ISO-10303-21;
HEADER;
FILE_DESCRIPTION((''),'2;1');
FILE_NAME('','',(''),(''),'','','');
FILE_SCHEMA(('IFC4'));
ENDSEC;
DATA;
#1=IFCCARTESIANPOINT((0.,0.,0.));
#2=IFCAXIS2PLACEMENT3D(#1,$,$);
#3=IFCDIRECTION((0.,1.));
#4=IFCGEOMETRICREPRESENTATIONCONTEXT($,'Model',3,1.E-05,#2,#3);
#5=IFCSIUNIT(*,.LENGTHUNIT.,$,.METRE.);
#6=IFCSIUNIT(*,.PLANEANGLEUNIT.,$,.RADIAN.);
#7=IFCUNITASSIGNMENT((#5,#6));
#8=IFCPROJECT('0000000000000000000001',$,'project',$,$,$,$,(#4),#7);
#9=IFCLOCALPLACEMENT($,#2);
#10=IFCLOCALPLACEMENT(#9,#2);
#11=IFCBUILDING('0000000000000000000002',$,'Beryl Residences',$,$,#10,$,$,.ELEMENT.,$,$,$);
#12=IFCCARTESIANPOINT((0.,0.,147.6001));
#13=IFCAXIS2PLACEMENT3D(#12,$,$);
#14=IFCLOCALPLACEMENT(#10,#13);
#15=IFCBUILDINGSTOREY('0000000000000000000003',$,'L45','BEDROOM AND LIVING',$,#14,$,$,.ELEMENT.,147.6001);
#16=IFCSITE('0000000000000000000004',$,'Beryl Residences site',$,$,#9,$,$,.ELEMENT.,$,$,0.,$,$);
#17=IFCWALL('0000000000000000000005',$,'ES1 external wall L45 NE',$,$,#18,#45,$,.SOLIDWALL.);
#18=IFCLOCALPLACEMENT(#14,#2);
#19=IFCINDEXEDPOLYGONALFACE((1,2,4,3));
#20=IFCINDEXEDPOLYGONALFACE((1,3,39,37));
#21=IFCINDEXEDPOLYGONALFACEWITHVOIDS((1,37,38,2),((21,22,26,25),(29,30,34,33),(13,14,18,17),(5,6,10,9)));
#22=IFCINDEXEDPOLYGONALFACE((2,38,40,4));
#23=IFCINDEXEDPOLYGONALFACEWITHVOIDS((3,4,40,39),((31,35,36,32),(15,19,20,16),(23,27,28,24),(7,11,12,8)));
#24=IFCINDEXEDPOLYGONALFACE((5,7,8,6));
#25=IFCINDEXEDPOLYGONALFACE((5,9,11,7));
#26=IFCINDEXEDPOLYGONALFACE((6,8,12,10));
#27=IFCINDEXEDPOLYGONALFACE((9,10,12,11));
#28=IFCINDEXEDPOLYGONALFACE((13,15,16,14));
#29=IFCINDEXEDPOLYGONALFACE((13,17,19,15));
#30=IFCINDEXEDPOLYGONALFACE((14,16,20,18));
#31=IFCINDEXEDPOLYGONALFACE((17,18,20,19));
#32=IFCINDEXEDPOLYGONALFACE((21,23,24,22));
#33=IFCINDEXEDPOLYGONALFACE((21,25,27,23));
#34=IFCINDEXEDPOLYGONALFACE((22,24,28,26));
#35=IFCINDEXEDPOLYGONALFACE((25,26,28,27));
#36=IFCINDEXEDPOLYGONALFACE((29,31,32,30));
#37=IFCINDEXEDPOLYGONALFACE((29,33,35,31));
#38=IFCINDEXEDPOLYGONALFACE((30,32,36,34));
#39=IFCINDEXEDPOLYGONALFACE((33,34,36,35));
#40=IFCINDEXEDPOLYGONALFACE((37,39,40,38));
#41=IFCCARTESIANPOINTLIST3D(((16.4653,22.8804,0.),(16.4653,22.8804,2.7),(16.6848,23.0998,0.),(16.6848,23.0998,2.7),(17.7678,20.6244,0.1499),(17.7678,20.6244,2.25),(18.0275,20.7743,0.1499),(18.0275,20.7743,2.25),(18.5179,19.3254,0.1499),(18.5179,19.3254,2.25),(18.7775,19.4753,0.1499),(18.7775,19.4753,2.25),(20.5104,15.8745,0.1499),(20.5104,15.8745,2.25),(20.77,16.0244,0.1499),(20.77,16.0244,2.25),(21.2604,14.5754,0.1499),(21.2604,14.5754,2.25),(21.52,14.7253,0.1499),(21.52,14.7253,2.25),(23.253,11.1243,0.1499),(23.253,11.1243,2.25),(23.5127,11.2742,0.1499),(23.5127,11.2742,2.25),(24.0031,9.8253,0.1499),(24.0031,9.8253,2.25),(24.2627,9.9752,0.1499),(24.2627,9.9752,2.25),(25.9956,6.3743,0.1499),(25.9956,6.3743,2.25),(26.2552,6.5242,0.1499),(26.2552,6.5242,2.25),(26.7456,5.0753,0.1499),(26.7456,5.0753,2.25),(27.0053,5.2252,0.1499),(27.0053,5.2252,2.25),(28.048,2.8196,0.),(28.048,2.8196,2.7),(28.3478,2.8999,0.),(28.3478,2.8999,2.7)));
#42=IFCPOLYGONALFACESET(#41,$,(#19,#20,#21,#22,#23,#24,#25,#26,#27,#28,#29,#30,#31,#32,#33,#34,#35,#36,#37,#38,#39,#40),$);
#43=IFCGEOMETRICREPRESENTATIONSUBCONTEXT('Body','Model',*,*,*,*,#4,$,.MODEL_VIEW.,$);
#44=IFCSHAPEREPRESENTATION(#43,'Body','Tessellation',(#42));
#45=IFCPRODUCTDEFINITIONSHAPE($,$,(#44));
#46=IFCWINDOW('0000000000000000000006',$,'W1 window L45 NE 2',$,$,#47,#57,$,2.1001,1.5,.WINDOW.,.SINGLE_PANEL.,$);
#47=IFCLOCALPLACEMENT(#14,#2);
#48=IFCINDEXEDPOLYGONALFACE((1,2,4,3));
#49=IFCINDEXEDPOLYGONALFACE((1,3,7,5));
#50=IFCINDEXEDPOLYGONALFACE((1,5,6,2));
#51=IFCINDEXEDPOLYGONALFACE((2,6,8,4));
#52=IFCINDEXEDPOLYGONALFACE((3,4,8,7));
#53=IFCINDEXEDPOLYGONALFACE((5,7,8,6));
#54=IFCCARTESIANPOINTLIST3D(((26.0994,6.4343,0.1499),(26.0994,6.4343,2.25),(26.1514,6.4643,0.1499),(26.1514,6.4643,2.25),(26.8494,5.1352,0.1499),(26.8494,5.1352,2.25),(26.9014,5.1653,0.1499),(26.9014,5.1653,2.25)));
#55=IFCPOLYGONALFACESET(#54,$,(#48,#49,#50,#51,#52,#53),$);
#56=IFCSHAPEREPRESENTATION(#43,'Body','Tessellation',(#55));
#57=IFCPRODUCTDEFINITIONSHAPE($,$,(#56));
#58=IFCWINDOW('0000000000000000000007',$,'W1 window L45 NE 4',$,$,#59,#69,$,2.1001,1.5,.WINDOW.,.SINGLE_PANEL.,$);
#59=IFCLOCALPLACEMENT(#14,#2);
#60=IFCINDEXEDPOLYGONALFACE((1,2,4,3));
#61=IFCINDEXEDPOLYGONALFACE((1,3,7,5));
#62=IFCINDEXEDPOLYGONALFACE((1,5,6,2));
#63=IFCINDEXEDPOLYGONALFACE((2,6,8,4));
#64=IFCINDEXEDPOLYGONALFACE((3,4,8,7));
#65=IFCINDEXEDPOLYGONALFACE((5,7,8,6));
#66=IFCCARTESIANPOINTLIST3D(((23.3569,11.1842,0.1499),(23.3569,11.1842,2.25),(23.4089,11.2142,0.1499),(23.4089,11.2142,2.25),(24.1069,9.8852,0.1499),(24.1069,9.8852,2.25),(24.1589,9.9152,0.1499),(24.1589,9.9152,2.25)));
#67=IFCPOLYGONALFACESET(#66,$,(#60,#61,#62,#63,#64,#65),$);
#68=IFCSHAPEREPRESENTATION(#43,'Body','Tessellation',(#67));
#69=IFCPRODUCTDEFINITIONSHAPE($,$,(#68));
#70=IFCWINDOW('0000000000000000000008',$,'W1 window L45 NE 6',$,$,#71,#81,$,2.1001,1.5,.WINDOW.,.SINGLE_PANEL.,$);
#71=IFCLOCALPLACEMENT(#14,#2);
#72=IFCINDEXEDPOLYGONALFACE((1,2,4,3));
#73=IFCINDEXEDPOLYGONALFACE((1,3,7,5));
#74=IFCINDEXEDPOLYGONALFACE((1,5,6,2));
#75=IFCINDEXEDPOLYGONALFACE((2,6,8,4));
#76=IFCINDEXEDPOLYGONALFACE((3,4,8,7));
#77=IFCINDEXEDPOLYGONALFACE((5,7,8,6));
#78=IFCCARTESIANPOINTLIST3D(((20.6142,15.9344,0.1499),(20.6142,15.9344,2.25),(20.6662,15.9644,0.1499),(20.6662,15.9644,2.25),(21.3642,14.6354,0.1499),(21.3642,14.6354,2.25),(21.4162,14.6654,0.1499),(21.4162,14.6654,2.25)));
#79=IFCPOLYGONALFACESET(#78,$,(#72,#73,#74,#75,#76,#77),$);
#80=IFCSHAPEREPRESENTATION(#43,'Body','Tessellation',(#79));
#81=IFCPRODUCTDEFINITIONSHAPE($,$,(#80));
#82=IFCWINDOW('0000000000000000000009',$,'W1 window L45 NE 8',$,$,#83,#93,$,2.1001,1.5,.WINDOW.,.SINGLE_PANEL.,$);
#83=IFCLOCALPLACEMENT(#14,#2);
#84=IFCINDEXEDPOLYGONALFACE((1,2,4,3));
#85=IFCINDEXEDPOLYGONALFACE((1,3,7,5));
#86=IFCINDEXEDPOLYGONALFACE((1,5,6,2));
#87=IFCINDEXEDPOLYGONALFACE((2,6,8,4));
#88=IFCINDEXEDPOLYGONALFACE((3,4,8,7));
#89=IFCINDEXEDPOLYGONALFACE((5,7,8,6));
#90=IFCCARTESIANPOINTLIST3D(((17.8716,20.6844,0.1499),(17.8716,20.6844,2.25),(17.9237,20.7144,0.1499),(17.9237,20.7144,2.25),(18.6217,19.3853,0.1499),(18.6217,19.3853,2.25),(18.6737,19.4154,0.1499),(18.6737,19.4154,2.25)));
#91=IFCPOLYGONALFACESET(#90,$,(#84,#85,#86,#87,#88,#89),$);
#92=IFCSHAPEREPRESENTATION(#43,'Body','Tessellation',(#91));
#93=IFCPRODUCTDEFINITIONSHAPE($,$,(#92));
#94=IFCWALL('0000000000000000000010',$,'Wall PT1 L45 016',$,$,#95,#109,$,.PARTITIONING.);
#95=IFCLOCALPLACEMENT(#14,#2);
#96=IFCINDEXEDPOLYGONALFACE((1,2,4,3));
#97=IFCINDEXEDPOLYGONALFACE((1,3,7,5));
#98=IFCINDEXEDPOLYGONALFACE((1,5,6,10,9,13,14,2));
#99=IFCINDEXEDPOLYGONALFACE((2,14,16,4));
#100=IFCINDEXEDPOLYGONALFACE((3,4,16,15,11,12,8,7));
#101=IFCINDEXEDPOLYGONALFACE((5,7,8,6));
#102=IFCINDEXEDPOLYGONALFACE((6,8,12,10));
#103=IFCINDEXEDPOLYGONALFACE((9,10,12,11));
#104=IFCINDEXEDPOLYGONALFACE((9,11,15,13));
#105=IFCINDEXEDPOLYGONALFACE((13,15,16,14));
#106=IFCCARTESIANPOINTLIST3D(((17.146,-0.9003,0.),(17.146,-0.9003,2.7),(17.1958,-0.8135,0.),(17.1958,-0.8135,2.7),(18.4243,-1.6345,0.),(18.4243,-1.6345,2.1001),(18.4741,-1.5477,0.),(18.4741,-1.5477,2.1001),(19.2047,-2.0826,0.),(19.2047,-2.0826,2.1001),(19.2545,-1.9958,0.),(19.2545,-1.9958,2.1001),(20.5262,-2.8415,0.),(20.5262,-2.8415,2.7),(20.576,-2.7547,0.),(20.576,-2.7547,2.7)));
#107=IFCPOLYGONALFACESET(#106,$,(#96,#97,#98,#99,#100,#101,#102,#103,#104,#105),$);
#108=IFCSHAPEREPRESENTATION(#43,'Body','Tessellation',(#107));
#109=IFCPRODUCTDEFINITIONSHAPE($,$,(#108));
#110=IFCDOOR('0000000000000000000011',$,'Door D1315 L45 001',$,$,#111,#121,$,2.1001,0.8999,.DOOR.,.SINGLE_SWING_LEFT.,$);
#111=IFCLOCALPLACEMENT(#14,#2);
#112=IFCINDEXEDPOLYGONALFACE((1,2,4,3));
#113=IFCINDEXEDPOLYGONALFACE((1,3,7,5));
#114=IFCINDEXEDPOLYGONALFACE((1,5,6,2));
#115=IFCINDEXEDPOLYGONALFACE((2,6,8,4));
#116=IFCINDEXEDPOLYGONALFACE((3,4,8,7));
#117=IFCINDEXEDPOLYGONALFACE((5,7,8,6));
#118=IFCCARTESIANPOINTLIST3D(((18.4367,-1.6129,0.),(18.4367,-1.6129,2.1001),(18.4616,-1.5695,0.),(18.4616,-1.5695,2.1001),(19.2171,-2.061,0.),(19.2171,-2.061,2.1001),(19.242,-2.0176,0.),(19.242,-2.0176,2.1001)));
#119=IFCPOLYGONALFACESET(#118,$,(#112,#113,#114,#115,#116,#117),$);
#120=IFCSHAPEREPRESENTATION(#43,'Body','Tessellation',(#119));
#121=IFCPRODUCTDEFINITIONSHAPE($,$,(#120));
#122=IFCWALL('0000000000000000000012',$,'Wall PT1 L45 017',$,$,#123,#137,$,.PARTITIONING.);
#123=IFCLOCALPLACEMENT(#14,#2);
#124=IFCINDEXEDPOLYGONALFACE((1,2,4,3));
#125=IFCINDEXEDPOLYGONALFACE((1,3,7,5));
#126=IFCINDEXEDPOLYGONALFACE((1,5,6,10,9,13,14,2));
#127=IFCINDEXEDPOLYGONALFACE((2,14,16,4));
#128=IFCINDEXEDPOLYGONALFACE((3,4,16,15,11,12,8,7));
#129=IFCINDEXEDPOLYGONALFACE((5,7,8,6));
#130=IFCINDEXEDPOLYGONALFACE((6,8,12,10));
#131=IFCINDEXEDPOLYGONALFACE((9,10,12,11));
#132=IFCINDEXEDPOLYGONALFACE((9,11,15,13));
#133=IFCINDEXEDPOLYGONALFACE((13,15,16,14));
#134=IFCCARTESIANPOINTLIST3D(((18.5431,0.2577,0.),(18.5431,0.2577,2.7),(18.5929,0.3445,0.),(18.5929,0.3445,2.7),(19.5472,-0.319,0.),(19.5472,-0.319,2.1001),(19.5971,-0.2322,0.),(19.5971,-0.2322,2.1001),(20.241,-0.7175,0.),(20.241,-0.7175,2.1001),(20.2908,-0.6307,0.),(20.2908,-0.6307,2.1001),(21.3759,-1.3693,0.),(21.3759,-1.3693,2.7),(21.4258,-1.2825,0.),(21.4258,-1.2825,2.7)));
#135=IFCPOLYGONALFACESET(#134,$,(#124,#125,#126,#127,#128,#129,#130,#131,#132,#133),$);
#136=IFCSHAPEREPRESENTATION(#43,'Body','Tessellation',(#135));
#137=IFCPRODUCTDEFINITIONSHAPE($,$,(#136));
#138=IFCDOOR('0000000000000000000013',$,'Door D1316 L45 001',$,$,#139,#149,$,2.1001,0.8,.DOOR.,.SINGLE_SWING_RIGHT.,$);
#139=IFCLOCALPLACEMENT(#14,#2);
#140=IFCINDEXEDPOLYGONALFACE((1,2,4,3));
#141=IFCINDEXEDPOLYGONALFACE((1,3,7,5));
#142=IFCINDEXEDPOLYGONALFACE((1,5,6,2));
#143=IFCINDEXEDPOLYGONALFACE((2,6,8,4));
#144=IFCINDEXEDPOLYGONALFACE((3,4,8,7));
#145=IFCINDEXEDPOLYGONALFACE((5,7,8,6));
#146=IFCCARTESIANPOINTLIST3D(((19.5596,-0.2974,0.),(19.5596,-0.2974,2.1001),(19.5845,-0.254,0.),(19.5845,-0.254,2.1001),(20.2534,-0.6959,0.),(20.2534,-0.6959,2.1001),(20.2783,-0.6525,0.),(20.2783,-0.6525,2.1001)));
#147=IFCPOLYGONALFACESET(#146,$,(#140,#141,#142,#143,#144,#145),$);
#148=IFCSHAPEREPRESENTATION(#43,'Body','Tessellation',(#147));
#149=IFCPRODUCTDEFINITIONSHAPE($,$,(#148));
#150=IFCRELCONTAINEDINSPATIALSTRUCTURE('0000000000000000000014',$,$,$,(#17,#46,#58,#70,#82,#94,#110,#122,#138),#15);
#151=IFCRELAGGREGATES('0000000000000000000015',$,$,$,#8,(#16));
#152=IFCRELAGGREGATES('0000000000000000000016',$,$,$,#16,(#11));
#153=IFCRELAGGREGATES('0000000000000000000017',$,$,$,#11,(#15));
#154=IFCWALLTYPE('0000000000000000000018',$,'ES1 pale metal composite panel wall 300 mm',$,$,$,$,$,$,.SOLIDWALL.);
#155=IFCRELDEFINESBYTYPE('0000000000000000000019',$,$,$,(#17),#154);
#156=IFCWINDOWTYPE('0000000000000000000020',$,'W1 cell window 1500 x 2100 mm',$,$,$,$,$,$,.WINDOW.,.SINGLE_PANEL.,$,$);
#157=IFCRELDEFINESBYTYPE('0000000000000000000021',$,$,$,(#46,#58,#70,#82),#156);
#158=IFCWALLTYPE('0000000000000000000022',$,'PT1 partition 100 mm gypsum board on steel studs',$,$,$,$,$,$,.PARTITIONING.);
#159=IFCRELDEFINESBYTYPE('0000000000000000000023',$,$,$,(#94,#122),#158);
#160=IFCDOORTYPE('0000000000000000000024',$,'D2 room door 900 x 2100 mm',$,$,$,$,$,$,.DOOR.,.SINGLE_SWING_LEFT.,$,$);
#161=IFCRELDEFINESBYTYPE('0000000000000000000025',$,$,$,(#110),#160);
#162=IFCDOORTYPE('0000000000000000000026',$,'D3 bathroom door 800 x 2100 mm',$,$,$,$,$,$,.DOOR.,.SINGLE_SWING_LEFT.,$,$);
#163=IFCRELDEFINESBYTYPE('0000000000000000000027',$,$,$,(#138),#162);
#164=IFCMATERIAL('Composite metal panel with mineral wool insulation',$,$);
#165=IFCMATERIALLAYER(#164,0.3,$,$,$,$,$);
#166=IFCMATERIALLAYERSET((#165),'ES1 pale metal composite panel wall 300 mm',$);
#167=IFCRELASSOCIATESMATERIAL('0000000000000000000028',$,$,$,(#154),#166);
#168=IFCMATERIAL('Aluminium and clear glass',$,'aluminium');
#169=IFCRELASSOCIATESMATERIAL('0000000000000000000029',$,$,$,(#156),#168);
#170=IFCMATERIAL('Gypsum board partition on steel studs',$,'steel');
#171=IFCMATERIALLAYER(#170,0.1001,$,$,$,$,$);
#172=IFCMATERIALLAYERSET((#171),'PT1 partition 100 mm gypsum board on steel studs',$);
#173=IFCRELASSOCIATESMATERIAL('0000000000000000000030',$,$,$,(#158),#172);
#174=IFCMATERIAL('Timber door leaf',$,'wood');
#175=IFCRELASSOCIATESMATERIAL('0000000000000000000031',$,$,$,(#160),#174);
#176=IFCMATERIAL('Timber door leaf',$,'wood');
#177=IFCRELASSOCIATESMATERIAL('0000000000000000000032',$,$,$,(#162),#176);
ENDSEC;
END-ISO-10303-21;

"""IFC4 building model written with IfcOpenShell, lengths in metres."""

from ifc_helpers import new_model, si_unit, direction, frame, frame_2d, origin, place, context, subcontext, project, spatial, polyline, rectangle, outline, extrude, material, layer, layer_set, type_object, element, fill, save


model = new_model("IFC4")

# Units and contexts
model_context = context("Model", 3, precision=1e-05, world=origin(), true_north=direction((0.0, 1.0)))
body_context = subcontext(model_context, "Body", "Model", "MODEL_VIEW")
ifc_project = project(units=[si_unit("LENGTHUNIT", "METRE"), si_unit("PLANEANGLEUNIT", "RADIAN")], contexts=[model_context])

# Site, building, storey
site_placement = place(None, origin())
site = spatial("IfcSite", under=ifc_project, at=site_placement, Name="Beryl Residences site", CompositionType="ELEMENT", RefElevation=0.0)
building_placement = place(site_placement, origin())
building = spatial("IfcBuilding", under=site, at=building_placement, Name="Beryl Residences", CompositionType="ELEMENT")
storey_placement = place(building_placement, frame((0.0, 0.0, 147.6001)))
storey = spatial("IfcBuildingStorey", under=building, at=storey_placement, Name="L45", Description="BEDROOM AND LIVING", CompositionType="ELEMENT", Elevation=147.6001)

# Shared definitions
ifc_material_1 = material(Name="Composite metal panel with mineral wool insulation")
ifc_layer_1 = layer(ifc_material_1, 0.3)
ifc_layer_set_1 = layer_set([ifc_layer_1], Name="ES1 pale metal composite panel wall 300 mm")
wall_type_1 = type_object("IfcWallType", Name="ES1 pale metal composite panel wall 300 mm", PredefinedType="SOLIDWALL", material=ifc_layer_set_1)

# Wall, openings, windows
wall_1_placement = place(storey_placement, frame((28.218, 2.825, 0.0), z_axis=(0.0, 0.0, 1.0), x_axis=(-0.500021, 0.866014, 0.0)))
wall_1 = element("IfcWall", 1, at=wall_1_placement, inside=storey, type_object=wall_type_1, Name="ES1 external wall L45 NE", PredefinedType="SOLIDWALL", context=body_context, shape_type="SweptSolid", body=[
    extrude(outline(polyline([(0.0, -0.1499), (23.3252, -0.1499), (23.2449, 0.1499), (0.0803, 0.1499), (0.0, -0.1499)])), origin(), (0.0, 0.0, 1.0), 2.7),
])
opening_1_placement = place(wall_1_placement, frame((2.6851, 0.0, 0.1499)))
opening_1 = element("IfcOpeningElement", 2, at=opening_1_placement, cuts=wall_1, PredefinedType="OPENING", context=body_context, shape_type="SweptSolid", body=[
    extrude(rectangle(XDim=1.5, YDim=2.1001, at=frame_2d((0.75, 1.05))), frame((0.0, 0.1599, 0.0), z_axis=(0.0, -1.0, 0.0), x_axis=(1.0, 0.0, 0.0)), (0.0, 0.0, 1.0), 0.3201),
])
opening_2_placement = place(wall_1_placement, frame((8.1699, 0.0, 0.1499)))
opening_2 = element("IfcOpeningElement", 3, at=opening_2_placement, cuts=wall_1, PredefinedType="OPENING", context=body_context, shape_type="SweptSolid", body=[
    extrude(rectangle(XDim=1.5, YDim=2.1001, at=frame_2d((0.75, 1.05))), frame((0.0, 0.1599, 0.0), z_axis=(0.0, -1.0, 0.0), x_axis=(1.0, 0.0, 0.0)), (0.0, 0.0, 1.0), 0.3201),
])
opening_3_placement = place(wall_1_placement, frame((13.655, 0.0, 0.1499)))
opening_3 = element("IfcOpeningElement", 4, at=opening_3_placement, cuts=wall_1, PredefinedType="OPENING", context=body_context, shape_type="SweptSolid", body=[
    extrude(rectangle(XDim=1.5, YDim=2.1001, at=frame_2d((0.75, 1.05))), frame((0.0, 0.1599, 0.0), z_axis=(0.0, -1.0, 0.0), x_axis=(1.0, 0.0, 0.0)), (0.0, 0.0, 1.0), 0.3201),
])
opening_4_placement = place(wall_1_placement, frame((19.1399, 0.0, 0.1499)))
opening_4 = element("IfcOpeningElement", 5, at=opening_4_placement, cuts=wall_1, PredefinedType="OPENING", context=body_context, shape_type="SweptSolid", body=[
    extrude(rectangle(XDim=1.5, YDim=2.1001, at=frame_2d((0.75, 1.05))), frame((0.0, 0.1599, 0.0), z_axis=(0.0, -1.0, 0.0), x_axis=(1.0, 0.0, 0.0)), (0.0, 0.0, 1.0), 0.3201),
])
ifc_material_2 = material(Name="Aluminium and clear glass", Category="aluminium")
window_type_1 = type_object("IfcWindowType", Name="W1 cell window 1500 x 2100 mm", PartitioningType="SINGLE_PANEL", PredefinedType="WINDOW", material=ifc_material_2)
window_1_placement = place(opening_1_placement, origin())
window_1 = element("IfcWindow", 6, at=window_1_placement, inside=storey, type_object=window_type_1, Name="W1 window L45 NE 2", OverallHeight=2.1001, OverallWidth=1.5, PartitioningType="SINGLE_PANEL", PredefinedType="WINDOW", context=body_context, shape_type="SweptSolid", body=[
    extrude(rectangle(XDim=1.5, YDim=2.1001, at=frame_2d((0.75, 1.05))), frame((0.0, 0.03, 0.0), z_axis=(0.0, -1.0, 0.0), x_axis=(1.0, 0.0, 0.0)), (0.0, 0.0, 1.0), 0.0601),
])
fill(opening_1, window_1)
window_2_placement = place(opening_2_placement, origin())
window_2 = element("IfcWindow", 7, at=window_2_placement, inside=storey, type_object=window_type_1, Name="W1 window L45 NE 4", OverallHeight=2.1001, OverallWidth=1.5, PartitioningType="SINGLE_PANEL", PredefinedType="WINDOW", context=body_context, shape_type="SweptSolid", body=[
    extrude(rectangle(XDim=1.5, YDim=2.1001, at=frame_2d((0.75, 1.05))), frame((0.0, 0.03, 0.0), z_axis=(0.0, -1.0, 0.0), x_axis=(1.0, 0.0, 0.0)), (0.0, 0.0, 1.0), 0.0601),
])
fill(opening_2, window_2)
window_3_placement = place(opening_3_placement, origin())
window_3 = element("IfcWindow", 8, at=window_3_placement, inside=storey, type_object=window_type_1, Name="W1 window L45 NE 6", OverallHeight=2.1001, OverallWidth=1.5, PartitioningType="SINGLE_PANEL", PredefinedType="WINDOW", context=body_context, shape_type="SweptSolid", body=[
    extrude(rectangle(XDim=1.5, YDim=2.1001, at=frame_2d((0.75, 1.05))), frame((0.0, 0.03, 0.0), z_axis=(0.0, -1.0, 0.0), x_axis=(1.0, 0.0, 0.0)), (0.0, 0.0, 1.0), 0.0601),
])
fill(opening_3, window_3)
window_4_placement = place(opening_4_placement, origin())
window_4 = element("IfcWindow", 9, at=window_4_placement, inside=storey, type_object=window_type_1, Name="W1 window L45 NE 8", OverallHeight=2.1001, OverallWidth=1.5, PartitioningType="SINGLE_PANEL", PredefinedType="WINDOW", context=body_context, shape_type="SweptSolid", body=[
    extrude(rectangle(XDim=1.5, YDim=2.1001, at=frame_2d((0.75, 1.05))), frame((0.0, 0.03, 0.0), z_axis=(0.0, -1.0, 0.0), x_axis=(1.0, 0.0, 0.0)), (0.0, 0.0, 1.0), 0.0601),
])
fill(opening_4, window_4)

# Walls, openings, doors
ifc_material_3 = material(Name="Gypsum board partition on steel studs", Category="steel")
ifc_layer_2 = layer(ifc_material_3, 0.1001)
ifc_layer_set_2 = layer_set([ifc_layer_2], Name="PT1 partition 100 mm gypsum board on steel studs")
wall_type_2 = type_object("IfcWallType", Name="PT1 partition 100 mm gypsum board on steel studs", PredefinedType="PARTITIONING", material=ifc_layer_set_2)
wall_2_placement = place(storey_placement, frame((17.1709, -0.8569, 0.0), z_axis=(0.0, 0.0, 1.0), x_axis=(0.867173, -0.498006, 0.0)))
wall_2 = element("IfcWall", 10, at=wall_2_placement, inside=storey, type_object=wall_type_2, Name="Wall PT1 L45 016", PredefinedType="PARTITIONING", context=body_context, shape_type="SweptSolid", body=[
    extrude(rectangle(XDim=3.8979, YDim=0.1001, at=frame_2d((1.949, 0.0))), origin(), (0.0, 0.0, 1.0), 2.7),
])
opening_5_placement = place(wall_2_placement, frame((1.4741, 0.0, 0.0)))
opening_5 = element("IfcOpeningElement", 11, at=opening_5_placement, cuts=wall_2, PredefinedType="OPENING", context=body_context, shape_type="SweptSolid", body=[
    extrude(rectangle(XDim=0.8999, YDim=2.1001, at=frame_2d((0.45, 1.05))), frame((0.0, 0.0601, 0.0), z_axis=(0.0, -1.0, 0.0), x_axis=(1.0, 0.0, 0.0)), (0.0, 0.0, 1.0), 0.1201),
])
ifc_material_4 = material(Name="Timber door leaf", Category="wood")
door_type_1 = type_object("IfcDoorType", Name="D2 room door 900 x 2100 mm", OperationType="SINGLE_SWING_LEFT", PredefinedType="DOOR", material=ifc_material_4)
door_1_placement = place(opening_5_placement, origin())
door_1 = element("IfcDoor", 12, at=door_1_placement, inside=storey, type_object=door_type_1, Name="Door D1315 L45 001", OperationType="SINGLE_SWING_LEFT", OverallHeight=2.1001, OverallWidth=0.8999, PredefinedType="DOOR", context=body_context, shape_type="SweptSolid", body=[
    extrude(rectangle(XDim=0.8999, YDim=2.1001, at=frame_2d((0.45, 1.05))), frame((0.0, 0.0249, 0.0), z_axis=(0.0, -1.0, 0.0), x_axis=(1.0, 0.0, 0.0)), (0.0, 0.0, 1.0), 0.05),
])
fill(opening_5, door_1)
wall_3_placement = place(storey_placement, frame((18.5681, 0.301, 0.0), z_axis=(0.0, 0.0, 1.0), x_axis=(0.867156, -0.498037, 0.0)))
wall_3 = element("IfcWall", 13, at=wall_3_placement, inside=storey, type_object=wall_type_2, Name="Wall PT1 L45 017", PredefinedType="PARTITIONING", context=body_context, shape_type="SweptSolid", body=[
    extrude(rectangle(XDim=3.2668, YDim=0.1001, at=frame_2d((1.6333, 0.0))), origin(), (0.0, 0.0, 1.0), 2.7),
])
opening_6_placement = place(wall_3_placement, frame((1.158, 0.0, 0.0)))
opening_6 = element("IfcOpeningElement", 14, at=opening_6_placement, cuts=wall_3, PredefinedType="OPENING", context=body_context, shape_type="SweptSolid", body=[
    extrude(rectangle(XDim=0.8, YDim=2.1001, at=frame_2d((0.3999, 1.05))), frame((0.0, 0.0601, 0.0), z_axis=(0.0, -1.0, 0.0), x_axis=(1.0, 0.0, 0.0)), (0.0, 0.0, 1.0), 0.1201),
])
ifc_material_5 = material(Name="Timber door leaf", Category="wood")
door_type_2 = type_object("IfcDoorType", Name="D3 bathroom door 800 x 2100 mm", OperationType="SINGLE_SWING_LEFT", PredefinedType="DOOR", material=ifc_material_5)
door_2_placement = place(opening_6_placement, origin())
door_2 = element("IfcDoor", 15, at=door_2_placement, inside=storey, type_object=door_type_2, Name="Door D1316 L45 001", OperationType="SINGLE_SWING_RIGHT", OverallHeight=2.1001, OverallWidth=0.8, PredefinedType="DOOR", context=body_context, shape_type="SweptSolid", body=[
    extrude(rectangle(XDim=0.8, YDim=2.1001, at=frame_2d((0.3999, 1.05))), frame((0.0, 0.0249, 0.0), z_axis=(0.0, -1.0, 0.0), x_axis=(1.0, 0.0, 0.0)), (0.0, 0.0, 1.0), 0.05),
])
fill(opening_6, door_2)

save(model, "model.ifc")
